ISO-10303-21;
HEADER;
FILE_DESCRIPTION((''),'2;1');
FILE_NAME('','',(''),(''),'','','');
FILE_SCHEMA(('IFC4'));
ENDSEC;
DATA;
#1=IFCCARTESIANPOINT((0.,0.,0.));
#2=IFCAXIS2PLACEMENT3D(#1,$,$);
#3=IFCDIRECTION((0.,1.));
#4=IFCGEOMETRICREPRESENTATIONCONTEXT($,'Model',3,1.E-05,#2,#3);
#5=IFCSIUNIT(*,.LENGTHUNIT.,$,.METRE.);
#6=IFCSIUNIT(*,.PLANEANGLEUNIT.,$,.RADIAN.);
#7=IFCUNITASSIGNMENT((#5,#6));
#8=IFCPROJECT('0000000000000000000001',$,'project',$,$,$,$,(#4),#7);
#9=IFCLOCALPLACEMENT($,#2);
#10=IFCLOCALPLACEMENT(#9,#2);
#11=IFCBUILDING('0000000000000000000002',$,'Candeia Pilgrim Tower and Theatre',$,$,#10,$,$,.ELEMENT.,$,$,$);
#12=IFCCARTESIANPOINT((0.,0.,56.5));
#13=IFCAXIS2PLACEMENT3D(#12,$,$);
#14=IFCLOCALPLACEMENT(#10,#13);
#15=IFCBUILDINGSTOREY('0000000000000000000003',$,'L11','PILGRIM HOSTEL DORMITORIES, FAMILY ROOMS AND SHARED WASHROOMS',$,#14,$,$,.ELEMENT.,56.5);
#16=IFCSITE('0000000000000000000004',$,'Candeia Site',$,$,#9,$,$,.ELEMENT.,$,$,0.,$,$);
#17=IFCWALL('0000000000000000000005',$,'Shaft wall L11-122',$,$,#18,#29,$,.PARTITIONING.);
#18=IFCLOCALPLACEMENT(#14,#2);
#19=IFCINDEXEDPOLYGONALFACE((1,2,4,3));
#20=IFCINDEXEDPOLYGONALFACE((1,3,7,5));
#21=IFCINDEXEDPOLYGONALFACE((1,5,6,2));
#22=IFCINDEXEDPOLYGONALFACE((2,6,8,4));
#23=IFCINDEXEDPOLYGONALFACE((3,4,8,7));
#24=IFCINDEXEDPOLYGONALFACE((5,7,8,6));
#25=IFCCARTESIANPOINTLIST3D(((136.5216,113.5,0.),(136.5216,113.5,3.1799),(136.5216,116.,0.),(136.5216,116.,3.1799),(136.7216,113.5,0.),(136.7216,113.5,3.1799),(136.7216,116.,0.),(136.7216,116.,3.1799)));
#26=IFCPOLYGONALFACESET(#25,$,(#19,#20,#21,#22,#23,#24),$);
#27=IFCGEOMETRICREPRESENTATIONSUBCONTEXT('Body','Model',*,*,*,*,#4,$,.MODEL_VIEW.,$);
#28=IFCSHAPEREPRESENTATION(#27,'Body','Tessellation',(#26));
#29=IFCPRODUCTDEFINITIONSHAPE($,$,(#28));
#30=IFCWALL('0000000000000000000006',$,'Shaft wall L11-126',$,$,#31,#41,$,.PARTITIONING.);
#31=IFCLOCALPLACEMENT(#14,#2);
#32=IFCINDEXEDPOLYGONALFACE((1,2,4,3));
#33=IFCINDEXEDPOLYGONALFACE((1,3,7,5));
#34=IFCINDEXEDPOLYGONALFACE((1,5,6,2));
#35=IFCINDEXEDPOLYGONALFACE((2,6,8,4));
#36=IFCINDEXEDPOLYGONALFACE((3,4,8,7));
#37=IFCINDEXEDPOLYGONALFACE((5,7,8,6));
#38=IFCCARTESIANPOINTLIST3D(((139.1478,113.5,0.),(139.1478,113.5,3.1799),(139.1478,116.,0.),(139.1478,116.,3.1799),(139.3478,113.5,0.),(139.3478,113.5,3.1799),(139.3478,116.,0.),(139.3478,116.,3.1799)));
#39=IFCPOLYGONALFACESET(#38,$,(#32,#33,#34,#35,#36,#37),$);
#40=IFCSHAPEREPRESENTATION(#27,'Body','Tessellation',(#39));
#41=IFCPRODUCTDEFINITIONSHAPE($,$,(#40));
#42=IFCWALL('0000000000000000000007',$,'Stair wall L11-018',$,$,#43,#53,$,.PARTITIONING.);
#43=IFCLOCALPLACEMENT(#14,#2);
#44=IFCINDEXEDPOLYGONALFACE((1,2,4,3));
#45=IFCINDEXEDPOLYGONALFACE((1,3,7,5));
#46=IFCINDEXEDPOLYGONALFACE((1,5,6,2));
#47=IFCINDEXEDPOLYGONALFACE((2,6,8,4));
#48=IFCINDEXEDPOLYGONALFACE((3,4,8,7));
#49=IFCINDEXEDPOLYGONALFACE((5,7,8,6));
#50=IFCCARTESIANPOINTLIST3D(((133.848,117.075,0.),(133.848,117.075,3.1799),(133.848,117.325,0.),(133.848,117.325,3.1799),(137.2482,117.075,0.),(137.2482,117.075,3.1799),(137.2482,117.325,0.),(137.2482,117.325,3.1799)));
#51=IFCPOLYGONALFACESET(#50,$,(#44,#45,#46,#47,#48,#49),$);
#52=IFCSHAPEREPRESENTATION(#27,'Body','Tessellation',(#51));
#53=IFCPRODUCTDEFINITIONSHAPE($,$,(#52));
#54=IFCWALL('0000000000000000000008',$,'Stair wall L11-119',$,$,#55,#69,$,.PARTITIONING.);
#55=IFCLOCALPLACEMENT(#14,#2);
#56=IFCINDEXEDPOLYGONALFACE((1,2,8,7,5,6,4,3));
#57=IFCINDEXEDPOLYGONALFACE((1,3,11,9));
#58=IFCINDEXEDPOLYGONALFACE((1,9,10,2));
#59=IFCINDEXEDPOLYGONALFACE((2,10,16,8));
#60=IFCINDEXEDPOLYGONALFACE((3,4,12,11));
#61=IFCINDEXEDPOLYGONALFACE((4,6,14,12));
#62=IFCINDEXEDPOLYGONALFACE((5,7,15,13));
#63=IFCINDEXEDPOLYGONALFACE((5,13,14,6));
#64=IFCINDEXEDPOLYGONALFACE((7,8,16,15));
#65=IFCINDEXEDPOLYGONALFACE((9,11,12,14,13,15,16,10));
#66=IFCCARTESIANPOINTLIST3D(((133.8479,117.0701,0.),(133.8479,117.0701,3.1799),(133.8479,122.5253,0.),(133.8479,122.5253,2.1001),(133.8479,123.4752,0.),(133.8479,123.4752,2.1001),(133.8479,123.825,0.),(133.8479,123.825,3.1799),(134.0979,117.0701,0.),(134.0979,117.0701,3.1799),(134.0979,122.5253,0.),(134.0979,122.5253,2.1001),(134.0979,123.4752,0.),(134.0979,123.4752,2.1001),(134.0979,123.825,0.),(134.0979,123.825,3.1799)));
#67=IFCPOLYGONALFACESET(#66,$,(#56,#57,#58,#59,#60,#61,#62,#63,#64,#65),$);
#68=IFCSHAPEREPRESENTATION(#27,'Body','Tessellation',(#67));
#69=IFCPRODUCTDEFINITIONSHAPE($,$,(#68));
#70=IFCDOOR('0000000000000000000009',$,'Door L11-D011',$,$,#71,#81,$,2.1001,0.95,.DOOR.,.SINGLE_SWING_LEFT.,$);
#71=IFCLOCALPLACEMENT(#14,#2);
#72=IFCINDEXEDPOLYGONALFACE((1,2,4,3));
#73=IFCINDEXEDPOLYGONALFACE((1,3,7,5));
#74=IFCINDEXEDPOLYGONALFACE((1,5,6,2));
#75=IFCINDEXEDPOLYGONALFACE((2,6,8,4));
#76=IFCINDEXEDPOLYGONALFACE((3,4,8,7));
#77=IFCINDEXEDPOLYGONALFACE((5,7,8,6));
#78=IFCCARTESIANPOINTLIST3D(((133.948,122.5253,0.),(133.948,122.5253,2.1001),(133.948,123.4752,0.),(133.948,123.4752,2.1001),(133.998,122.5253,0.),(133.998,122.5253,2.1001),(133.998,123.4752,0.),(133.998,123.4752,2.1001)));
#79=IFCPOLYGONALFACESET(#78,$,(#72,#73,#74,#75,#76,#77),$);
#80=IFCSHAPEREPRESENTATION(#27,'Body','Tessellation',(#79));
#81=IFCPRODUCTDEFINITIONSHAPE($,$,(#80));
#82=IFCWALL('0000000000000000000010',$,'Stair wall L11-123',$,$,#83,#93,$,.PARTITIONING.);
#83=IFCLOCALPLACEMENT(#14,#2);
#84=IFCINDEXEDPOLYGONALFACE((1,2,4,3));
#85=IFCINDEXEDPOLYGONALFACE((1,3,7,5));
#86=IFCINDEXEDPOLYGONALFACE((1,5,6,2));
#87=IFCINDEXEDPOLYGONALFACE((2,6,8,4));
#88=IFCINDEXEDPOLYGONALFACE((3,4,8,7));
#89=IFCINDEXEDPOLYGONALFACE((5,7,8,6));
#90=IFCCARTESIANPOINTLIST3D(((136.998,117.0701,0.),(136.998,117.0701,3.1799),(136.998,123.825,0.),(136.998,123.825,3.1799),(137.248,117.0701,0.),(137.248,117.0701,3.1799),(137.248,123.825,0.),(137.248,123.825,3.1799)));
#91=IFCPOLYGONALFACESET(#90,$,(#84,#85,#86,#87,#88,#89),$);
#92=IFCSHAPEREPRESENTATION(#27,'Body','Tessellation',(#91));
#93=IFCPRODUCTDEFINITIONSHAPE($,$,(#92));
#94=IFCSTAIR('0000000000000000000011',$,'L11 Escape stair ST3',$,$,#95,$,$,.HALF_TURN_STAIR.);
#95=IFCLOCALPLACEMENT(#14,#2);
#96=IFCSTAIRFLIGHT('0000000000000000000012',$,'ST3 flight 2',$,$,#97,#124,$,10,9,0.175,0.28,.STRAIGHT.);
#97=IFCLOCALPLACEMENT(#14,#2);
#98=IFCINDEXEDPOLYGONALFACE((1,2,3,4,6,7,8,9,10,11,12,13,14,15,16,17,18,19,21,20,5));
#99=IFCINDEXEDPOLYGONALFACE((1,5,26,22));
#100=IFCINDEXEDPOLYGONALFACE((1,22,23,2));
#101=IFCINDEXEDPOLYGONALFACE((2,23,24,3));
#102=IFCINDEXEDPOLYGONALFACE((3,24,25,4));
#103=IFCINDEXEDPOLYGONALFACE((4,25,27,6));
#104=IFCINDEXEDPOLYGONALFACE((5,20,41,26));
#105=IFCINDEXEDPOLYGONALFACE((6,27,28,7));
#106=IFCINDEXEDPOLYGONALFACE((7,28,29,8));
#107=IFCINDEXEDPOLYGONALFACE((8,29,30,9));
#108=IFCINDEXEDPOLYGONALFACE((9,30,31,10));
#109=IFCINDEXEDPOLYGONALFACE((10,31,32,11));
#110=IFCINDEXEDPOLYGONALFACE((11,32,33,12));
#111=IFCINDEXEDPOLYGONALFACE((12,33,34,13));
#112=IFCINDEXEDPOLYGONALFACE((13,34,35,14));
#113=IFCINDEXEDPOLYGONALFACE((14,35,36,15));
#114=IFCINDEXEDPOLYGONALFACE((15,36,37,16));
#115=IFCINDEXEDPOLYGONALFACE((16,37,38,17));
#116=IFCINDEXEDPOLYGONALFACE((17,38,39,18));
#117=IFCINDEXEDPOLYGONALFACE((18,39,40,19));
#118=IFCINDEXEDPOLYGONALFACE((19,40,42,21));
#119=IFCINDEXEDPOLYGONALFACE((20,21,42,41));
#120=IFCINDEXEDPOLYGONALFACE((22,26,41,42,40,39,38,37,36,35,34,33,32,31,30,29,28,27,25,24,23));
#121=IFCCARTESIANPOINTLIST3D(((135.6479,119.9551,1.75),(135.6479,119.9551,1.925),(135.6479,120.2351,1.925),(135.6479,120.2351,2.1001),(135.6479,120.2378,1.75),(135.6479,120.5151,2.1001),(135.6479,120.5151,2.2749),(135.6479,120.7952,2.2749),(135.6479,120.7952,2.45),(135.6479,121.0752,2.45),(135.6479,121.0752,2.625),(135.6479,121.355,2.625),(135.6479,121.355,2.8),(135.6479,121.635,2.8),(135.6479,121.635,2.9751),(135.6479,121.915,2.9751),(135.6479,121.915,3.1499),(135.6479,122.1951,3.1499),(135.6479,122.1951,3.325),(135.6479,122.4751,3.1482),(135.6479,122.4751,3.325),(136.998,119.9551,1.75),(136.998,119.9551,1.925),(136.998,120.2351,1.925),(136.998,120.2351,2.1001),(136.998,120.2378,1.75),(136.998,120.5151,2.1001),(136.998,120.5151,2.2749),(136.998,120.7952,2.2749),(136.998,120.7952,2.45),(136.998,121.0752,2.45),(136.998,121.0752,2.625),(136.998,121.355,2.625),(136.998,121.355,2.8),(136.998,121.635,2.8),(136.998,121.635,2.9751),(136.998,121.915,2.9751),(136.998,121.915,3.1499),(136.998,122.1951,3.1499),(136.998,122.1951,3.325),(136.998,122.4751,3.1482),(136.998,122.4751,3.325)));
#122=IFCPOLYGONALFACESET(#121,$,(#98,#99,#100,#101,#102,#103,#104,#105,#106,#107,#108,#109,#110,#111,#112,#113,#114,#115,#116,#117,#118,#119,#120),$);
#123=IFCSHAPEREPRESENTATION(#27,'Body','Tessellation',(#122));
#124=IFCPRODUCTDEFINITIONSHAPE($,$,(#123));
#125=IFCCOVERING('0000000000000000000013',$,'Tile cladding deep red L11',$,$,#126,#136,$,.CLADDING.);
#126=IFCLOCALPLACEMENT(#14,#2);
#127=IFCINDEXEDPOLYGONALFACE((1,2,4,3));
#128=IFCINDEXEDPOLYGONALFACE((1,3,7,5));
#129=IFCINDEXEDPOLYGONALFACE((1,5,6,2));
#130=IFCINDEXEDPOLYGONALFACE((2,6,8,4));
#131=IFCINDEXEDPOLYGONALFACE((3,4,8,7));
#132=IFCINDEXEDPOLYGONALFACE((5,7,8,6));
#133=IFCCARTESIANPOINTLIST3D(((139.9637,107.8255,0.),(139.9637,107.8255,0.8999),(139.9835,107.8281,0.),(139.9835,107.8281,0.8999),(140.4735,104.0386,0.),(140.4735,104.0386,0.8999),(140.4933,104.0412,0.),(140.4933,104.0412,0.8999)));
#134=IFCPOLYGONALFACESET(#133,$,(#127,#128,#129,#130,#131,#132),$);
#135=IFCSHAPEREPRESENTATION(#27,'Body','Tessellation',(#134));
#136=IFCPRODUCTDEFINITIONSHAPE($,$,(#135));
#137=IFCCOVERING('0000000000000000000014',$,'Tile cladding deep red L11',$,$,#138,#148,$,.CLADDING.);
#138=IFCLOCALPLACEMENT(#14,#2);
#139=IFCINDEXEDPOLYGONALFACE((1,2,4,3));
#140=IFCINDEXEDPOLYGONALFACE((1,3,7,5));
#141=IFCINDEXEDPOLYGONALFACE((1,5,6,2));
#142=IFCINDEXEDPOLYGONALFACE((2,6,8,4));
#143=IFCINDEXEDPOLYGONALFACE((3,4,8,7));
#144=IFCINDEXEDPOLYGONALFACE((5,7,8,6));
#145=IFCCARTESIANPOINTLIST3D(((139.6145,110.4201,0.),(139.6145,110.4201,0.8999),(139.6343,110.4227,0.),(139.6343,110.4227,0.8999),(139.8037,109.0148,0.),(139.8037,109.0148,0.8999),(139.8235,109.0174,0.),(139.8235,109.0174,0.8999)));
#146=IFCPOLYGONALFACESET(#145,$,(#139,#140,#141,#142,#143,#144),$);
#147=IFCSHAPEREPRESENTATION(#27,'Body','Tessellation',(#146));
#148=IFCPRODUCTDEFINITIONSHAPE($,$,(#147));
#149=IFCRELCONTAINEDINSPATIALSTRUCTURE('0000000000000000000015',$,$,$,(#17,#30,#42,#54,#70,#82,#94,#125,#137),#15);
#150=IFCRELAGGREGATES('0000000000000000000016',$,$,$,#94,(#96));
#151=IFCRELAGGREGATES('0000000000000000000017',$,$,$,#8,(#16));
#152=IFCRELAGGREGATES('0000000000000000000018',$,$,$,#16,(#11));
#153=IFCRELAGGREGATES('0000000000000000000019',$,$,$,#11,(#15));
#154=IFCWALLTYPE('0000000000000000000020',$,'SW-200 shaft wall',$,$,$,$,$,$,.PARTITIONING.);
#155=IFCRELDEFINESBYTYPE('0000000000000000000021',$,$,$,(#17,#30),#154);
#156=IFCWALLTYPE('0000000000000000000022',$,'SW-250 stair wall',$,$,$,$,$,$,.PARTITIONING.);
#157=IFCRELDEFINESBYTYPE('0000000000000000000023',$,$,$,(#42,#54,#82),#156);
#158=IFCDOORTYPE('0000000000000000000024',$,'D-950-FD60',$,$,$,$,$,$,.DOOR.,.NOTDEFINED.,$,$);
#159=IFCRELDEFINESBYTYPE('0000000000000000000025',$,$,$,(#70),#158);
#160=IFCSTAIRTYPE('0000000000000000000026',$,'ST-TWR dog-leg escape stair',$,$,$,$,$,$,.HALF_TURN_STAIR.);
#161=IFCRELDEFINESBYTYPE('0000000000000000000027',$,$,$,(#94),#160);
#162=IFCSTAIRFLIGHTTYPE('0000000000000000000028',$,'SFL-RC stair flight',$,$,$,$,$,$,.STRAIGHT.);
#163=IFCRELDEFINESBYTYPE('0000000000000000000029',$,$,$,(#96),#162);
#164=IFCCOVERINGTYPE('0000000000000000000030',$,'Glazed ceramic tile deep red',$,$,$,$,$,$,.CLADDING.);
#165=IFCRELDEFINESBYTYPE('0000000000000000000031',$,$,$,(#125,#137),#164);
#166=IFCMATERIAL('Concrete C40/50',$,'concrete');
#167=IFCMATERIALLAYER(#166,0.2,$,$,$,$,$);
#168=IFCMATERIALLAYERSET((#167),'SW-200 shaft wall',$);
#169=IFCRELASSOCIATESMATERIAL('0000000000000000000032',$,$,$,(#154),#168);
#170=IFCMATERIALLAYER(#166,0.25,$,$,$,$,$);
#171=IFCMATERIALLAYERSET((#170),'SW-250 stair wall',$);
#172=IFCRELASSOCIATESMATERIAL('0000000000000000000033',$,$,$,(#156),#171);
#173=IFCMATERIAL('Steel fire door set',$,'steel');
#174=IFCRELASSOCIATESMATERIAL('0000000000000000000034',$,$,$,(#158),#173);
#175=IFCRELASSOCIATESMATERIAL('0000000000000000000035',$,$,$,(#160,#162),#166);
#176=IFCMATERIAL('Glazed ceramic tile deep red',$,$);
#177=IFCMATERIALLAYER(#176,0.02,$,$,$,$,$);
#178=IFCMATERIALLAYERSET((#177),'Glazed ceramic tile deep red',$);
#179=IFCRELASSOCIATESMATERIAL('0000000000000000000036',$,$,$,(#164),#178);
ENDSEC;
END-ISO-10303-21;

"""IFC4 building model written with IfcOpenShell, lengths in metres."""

from ifc_helpers import new_model, si_unit, direction, frame, frame_2d, origin, origin_2d, place, context, subcontext, project, spatial, polyline, rectangle, outline, extrude, material, layer, layer_set, type_object, element, fill, aggregate, save


model = new_model("IFC4")

# Units and contexts
model_context = context("Model", 3, precision=1e-05, world=origin(), true_north=direction((0.0, 1.0)))
body_context = subcontext(model_context, "Body", "Model", "MODEL_VIEW")
ifc_project = project(units=[si_unit("LENGTHUNIT", "METRE"), si_unit("PLANEANGLEUNIT", "RADIAN")], contexts=[model_context])

# Site, building, storey
site_placement = place(None, origin())
site = spatial("IfcSite", under=ifc_project, at=site_placement, Name="Candeia Site", CompositionType="ELEMENT", RefElevation=0.0)
building_placement = place(site_placement, origin())
building = spatial("IfcBuilding", under=site, at=building_placement, Name="Candeia Pilgrim Tower and Theatre", CompositionType="ELEMENT")
storey_placement = place(building_placement, frame((0.0, 0.0, 56.5)))
storey = spatial("IfcBuildingStorey", under=building, at=storey_placement, Name="L11", Description="PILGRIM HOSTEL DORMITORIES, FAMILY ROOMS AND SHARED WASHROOMS", CompositionType="ELEMENT", Elevation=56.5)

# Shared definitions
ifc_material_1 = material(Name="Steel fire door set", Category="steel")

# Shared definitions
ifc_material_2 = material(Name="Concrete C40/50", Category="concrete")
ifc_layer_1 = layer(ifc_material_2, 0.2)
ifc_layer_set_1 = layer_set([ifc_layer_1], Name="SW-200 shaft wall")
wall_type_1 = type_object("IfcWallType", Name="SW-200 shaft wall", PredefinedType="PARTITIONING", material=ifc_layer_set_1)

# Walls
for number, where, z_axis, x_axis, name in (
    (1, (136.6216, 113.5, 0.0), (0.0, 0.0, 1.0), (0.0, 1.0, 0.0), "Shaft wall L11-122"),
    (2, (139.2478, 113.5, 0.0), (0.0, 0.0, 1.0), (0.0, 1.0, 0.0), "Shaft wall L11-126"),
):
    element("IfcWall", number, at=place(storey_placement, frame(where, z_axis=z_axis, x_axis=x_axis)), inside=storey, type_object=wall_type_1, Name=name, PredefinedType="PARTITIONING", context=body_context, shape_type="SweptSolid", body=[
        extrude(rectangle(XDim=2.5, YDim=0.2, at=frame_2d((1.25, 0.0))), origin(), (0.0, 0.0, 1.0), 3.1799),
    ])
ifc_layer_2 = layer(ifc_material_2, 0.25)
ifc_layer_set_2 = layer_set([ifc_layer_2], Name="SW-250 stair wall")
wall_type_2 = type_object("IfcWallType", Name="SW-250 stair wall", PredefinedType="PARTITIONING", material=ifc_layer_set_2)
wall_1_placement = place(storey_placement, frame((133.8479, 117.2, 0.0), z_axis=(0.0, 0.0, 1.0), x_axis=(1.0, 0.0, 0.0)))
element("IfcWall", 3, at=wall_1_placement, inside=storey, type_object=wall_type_2, Name="Stair wall L11-018", PredefinedType="PARTITIONING", context=body_context, shape_type="SweptSolid", body=[
    extrude(rectangle(XDim=3.4001, YDim=0.25, at=frame_2d((1.7002, 0.0))), origin(), (0.0, 0.0, 1.0), 3.1799),
])

# Wall, opening, door
wall_2_placement = place(storey_placement, frame((133.9729, 117.0701, 0.0), z_axis=(0.0, 0.0, 1.0), x_axis=(0.0, 1.0, 0.0)))
wall_2 = element("IfcWall", 4, at=wall_2_placement, inside=storey, type_object=wall_type_2, Name="Stair wall L11-119", PredefinedType="PARTITIONING", context=body_context, shape_type="SweptSolid", body=[
    extrude(rectangle(XDim=6.7549, YDim=0.25, at=frame_2d((3.3774, 0.0))), origin(), (0.0, 0.0, 1.0), 3.1799),
])
opening_1_placement = place(wall_2_placement, frame((5.4551, 0.0, 0.0)))
opening_1 = element("IfcOpeningElement", 5, at=opening_1_placement, cuts=wall_2, PredefinedType="OPENING", context=body_context, shape_type="SweptSolid", body=[
    extrude(rectangle(XDim=0.95, YDim=2.1001, at=frame_2d((0.4751, 1.05))), frame((0.0, 0.135, 0.0), z_axis=(0.0, -1.0, 0.0), x_axis=(1.0, 0.0, 0.0)), (0.0, 0.0, 1.0), 0.27),
])
door_type_1 = type_object("IfcDoorType", Name="D-950-FD60", OperationType="NOTDEFINED", PredefinedType="DOOR", material=ifc_material_1)
door_1_placement = place(opening_1_placement, origin())
door_1 = element("IfcDoor", 6, at=door_1_placement, inside=storey, type_object=door_type_1, Name="Door L11-D011", OperationType="SINGLE_SWING_LEFT", OverallHeight=2.1001, OverallWidth=0.95, PredefinedType="DOOR", context=body_context, shape_type="SweptSolid", body=[
    extrude(rectangle(XDim=0.95, YDim=2.1001, at=frame_2d((0.4751, 1.05))), frame((0.0, 0.0249, 0.0), z_axis=(0.0, -1.0, 0.0), x_axis=(1.0, 0.0, 0.0)), (0.0, 0.0, 1.0), 0.05),
])
fill(opening_1, door_1)

# Wall
wall_3_placement = place(storey_placement, frame((137.123, 117.0701, 0.0), z_axis=(0.0, 0.0, 1.0), x_axis=(0.0, 1.0, 0.0)))
element("IfcWall", 7, at=wall_3_placement, inside=storey, type_object=wall_type_2, Name="Stair wall L11-123", PredefinedType="PARTITIONING", context=body_context, shape_type="SweptSolid", body=[
    extrude(rectangle(XDim=6.7549, YDim=0.25, at=frame_2d((3.3774, 0.0))), origin(), (0.0, 0.0, 1.0), 3.1799),
])

# Stair, stair flight
stair_type = type_object("IfcStairType", Name="ST-TWR dog-leg escape stair", PredefinedType="HALF_TURN_STAIR", material=ifc_material_2)
stair_placement = place(storey_placement, origin())
stair = element("IfcStair", 8, at=stair_placement, inside=storey, type_object=stair_type, Name="L11 Escape stair ST3", PredefinedType="HALF_TURN_STAIR")
stair_flight_type = type_object("IfcStairFlightType", Name="SFL-RC stair flight", PredefinedType="STRAIGHT", material=ifc_material_2)
stair_flight_placement = place(storey_placement, frame((136.323, 119.9551, 1.75), z_axis=(0.0, 0.0, 1.0), x_axis=(0.0, 1.0, 0.0)))
stair_flight = element("IfcStairFlight", 9, at=stair_flight_placement, type_object=stair_flight_type, Name="ST3 flight 2", NumberOfRisers=10, NumberOfTreads=9, PredefinedType="STRAIGHT", RiserHeight=0.175, TreadLength=0.28, context=body_context, shape_type="SweptSolid", body=[
    extrude(outline(polyline([(0.0, 0.0), (0.0, 0.175), (0.28, 0.175), (0.28, 0.3501), (0.5601, 0.3501), (0.5601, 0.5249), (0.8401, 0.5249), (0.8401, 0.7), (1.1201, 0.7), (1.1201, 0.875), (1.3999, 0.875), (1.3999, 1.05), (1.6799, 1.05), (1.6799, 1.2251), (1.96, 1.2251), (1.96, 1.3999), (2.24, 1.3999), (2.24, 1.575), (2.52, 1.575), (2.52, 1.75), (2.52, 1.3982), (0.2827, 0.0), (0.0, 0.0)])), frame((0.0, 0.675, 0.0), z_axis=(0.0, -1.0, 0.0), x_axis=(1.0, 0.0, 0.0)), (0.0, 0.0, 1.0), 1.3501),
])
aggregate(stair, [stair_flight])

# Coverings
ifc_material_3 = material(Name="Glazed ceramic tile deep red")
ifc_layer_3 = layer(ifc_material_3, 0.02)
ifc_layer_set_3 = layer_set([ifc_layer_3], Name="Glazed ceramic tile deep red")
covering_type = type_object("IfcCoveringType", Name="Glazed ceramic tile deep red", PredefinedType="CLADDING", material=ifc_layer_set_3)
covering_1_placement = place(storey_placement, frame((140.2285, 105.9333, 0.0), z_axis=(0.0, 0.0, 1.0), x_axis=(-0.133412, 0.991061, 0.0)))
element("IfcCovering", 10, at=covering_1_placement, inside=storey, type_object=covering_type, Name="Tile cladding deep red L11", PredefinedType="CLADDING", context=body_context, shape_type="SweptSolid", body=[
    extrude(rectangle(XDim=3.821, YDim=0.02, at=origin_2d()), origin(), (0.0, 0.0, 1.0), 0.8999),
])
covering_2_placement = place(storey_placement, frame((139.719, 109.7188, 0.0), z_axis=(0.0, 0.0, 1.0), x_axis=(-0.133412, 0.991061, 0.0)))
element("IfcCovering", 11, at=covering_2_placement, inside=storey, type_object=covering_type, Name="Tile cladding deep red L11", PredefinedType="CLADDING", context=body_context, shape_type="SweptSolid", body=[
    extrude(rectangle(XDim=1.418, YDim=0.02, at=origin_2d()), origin(), (0.0, 0.0, 1.0), 0.8999),
])

save(model, "model.ifc")
